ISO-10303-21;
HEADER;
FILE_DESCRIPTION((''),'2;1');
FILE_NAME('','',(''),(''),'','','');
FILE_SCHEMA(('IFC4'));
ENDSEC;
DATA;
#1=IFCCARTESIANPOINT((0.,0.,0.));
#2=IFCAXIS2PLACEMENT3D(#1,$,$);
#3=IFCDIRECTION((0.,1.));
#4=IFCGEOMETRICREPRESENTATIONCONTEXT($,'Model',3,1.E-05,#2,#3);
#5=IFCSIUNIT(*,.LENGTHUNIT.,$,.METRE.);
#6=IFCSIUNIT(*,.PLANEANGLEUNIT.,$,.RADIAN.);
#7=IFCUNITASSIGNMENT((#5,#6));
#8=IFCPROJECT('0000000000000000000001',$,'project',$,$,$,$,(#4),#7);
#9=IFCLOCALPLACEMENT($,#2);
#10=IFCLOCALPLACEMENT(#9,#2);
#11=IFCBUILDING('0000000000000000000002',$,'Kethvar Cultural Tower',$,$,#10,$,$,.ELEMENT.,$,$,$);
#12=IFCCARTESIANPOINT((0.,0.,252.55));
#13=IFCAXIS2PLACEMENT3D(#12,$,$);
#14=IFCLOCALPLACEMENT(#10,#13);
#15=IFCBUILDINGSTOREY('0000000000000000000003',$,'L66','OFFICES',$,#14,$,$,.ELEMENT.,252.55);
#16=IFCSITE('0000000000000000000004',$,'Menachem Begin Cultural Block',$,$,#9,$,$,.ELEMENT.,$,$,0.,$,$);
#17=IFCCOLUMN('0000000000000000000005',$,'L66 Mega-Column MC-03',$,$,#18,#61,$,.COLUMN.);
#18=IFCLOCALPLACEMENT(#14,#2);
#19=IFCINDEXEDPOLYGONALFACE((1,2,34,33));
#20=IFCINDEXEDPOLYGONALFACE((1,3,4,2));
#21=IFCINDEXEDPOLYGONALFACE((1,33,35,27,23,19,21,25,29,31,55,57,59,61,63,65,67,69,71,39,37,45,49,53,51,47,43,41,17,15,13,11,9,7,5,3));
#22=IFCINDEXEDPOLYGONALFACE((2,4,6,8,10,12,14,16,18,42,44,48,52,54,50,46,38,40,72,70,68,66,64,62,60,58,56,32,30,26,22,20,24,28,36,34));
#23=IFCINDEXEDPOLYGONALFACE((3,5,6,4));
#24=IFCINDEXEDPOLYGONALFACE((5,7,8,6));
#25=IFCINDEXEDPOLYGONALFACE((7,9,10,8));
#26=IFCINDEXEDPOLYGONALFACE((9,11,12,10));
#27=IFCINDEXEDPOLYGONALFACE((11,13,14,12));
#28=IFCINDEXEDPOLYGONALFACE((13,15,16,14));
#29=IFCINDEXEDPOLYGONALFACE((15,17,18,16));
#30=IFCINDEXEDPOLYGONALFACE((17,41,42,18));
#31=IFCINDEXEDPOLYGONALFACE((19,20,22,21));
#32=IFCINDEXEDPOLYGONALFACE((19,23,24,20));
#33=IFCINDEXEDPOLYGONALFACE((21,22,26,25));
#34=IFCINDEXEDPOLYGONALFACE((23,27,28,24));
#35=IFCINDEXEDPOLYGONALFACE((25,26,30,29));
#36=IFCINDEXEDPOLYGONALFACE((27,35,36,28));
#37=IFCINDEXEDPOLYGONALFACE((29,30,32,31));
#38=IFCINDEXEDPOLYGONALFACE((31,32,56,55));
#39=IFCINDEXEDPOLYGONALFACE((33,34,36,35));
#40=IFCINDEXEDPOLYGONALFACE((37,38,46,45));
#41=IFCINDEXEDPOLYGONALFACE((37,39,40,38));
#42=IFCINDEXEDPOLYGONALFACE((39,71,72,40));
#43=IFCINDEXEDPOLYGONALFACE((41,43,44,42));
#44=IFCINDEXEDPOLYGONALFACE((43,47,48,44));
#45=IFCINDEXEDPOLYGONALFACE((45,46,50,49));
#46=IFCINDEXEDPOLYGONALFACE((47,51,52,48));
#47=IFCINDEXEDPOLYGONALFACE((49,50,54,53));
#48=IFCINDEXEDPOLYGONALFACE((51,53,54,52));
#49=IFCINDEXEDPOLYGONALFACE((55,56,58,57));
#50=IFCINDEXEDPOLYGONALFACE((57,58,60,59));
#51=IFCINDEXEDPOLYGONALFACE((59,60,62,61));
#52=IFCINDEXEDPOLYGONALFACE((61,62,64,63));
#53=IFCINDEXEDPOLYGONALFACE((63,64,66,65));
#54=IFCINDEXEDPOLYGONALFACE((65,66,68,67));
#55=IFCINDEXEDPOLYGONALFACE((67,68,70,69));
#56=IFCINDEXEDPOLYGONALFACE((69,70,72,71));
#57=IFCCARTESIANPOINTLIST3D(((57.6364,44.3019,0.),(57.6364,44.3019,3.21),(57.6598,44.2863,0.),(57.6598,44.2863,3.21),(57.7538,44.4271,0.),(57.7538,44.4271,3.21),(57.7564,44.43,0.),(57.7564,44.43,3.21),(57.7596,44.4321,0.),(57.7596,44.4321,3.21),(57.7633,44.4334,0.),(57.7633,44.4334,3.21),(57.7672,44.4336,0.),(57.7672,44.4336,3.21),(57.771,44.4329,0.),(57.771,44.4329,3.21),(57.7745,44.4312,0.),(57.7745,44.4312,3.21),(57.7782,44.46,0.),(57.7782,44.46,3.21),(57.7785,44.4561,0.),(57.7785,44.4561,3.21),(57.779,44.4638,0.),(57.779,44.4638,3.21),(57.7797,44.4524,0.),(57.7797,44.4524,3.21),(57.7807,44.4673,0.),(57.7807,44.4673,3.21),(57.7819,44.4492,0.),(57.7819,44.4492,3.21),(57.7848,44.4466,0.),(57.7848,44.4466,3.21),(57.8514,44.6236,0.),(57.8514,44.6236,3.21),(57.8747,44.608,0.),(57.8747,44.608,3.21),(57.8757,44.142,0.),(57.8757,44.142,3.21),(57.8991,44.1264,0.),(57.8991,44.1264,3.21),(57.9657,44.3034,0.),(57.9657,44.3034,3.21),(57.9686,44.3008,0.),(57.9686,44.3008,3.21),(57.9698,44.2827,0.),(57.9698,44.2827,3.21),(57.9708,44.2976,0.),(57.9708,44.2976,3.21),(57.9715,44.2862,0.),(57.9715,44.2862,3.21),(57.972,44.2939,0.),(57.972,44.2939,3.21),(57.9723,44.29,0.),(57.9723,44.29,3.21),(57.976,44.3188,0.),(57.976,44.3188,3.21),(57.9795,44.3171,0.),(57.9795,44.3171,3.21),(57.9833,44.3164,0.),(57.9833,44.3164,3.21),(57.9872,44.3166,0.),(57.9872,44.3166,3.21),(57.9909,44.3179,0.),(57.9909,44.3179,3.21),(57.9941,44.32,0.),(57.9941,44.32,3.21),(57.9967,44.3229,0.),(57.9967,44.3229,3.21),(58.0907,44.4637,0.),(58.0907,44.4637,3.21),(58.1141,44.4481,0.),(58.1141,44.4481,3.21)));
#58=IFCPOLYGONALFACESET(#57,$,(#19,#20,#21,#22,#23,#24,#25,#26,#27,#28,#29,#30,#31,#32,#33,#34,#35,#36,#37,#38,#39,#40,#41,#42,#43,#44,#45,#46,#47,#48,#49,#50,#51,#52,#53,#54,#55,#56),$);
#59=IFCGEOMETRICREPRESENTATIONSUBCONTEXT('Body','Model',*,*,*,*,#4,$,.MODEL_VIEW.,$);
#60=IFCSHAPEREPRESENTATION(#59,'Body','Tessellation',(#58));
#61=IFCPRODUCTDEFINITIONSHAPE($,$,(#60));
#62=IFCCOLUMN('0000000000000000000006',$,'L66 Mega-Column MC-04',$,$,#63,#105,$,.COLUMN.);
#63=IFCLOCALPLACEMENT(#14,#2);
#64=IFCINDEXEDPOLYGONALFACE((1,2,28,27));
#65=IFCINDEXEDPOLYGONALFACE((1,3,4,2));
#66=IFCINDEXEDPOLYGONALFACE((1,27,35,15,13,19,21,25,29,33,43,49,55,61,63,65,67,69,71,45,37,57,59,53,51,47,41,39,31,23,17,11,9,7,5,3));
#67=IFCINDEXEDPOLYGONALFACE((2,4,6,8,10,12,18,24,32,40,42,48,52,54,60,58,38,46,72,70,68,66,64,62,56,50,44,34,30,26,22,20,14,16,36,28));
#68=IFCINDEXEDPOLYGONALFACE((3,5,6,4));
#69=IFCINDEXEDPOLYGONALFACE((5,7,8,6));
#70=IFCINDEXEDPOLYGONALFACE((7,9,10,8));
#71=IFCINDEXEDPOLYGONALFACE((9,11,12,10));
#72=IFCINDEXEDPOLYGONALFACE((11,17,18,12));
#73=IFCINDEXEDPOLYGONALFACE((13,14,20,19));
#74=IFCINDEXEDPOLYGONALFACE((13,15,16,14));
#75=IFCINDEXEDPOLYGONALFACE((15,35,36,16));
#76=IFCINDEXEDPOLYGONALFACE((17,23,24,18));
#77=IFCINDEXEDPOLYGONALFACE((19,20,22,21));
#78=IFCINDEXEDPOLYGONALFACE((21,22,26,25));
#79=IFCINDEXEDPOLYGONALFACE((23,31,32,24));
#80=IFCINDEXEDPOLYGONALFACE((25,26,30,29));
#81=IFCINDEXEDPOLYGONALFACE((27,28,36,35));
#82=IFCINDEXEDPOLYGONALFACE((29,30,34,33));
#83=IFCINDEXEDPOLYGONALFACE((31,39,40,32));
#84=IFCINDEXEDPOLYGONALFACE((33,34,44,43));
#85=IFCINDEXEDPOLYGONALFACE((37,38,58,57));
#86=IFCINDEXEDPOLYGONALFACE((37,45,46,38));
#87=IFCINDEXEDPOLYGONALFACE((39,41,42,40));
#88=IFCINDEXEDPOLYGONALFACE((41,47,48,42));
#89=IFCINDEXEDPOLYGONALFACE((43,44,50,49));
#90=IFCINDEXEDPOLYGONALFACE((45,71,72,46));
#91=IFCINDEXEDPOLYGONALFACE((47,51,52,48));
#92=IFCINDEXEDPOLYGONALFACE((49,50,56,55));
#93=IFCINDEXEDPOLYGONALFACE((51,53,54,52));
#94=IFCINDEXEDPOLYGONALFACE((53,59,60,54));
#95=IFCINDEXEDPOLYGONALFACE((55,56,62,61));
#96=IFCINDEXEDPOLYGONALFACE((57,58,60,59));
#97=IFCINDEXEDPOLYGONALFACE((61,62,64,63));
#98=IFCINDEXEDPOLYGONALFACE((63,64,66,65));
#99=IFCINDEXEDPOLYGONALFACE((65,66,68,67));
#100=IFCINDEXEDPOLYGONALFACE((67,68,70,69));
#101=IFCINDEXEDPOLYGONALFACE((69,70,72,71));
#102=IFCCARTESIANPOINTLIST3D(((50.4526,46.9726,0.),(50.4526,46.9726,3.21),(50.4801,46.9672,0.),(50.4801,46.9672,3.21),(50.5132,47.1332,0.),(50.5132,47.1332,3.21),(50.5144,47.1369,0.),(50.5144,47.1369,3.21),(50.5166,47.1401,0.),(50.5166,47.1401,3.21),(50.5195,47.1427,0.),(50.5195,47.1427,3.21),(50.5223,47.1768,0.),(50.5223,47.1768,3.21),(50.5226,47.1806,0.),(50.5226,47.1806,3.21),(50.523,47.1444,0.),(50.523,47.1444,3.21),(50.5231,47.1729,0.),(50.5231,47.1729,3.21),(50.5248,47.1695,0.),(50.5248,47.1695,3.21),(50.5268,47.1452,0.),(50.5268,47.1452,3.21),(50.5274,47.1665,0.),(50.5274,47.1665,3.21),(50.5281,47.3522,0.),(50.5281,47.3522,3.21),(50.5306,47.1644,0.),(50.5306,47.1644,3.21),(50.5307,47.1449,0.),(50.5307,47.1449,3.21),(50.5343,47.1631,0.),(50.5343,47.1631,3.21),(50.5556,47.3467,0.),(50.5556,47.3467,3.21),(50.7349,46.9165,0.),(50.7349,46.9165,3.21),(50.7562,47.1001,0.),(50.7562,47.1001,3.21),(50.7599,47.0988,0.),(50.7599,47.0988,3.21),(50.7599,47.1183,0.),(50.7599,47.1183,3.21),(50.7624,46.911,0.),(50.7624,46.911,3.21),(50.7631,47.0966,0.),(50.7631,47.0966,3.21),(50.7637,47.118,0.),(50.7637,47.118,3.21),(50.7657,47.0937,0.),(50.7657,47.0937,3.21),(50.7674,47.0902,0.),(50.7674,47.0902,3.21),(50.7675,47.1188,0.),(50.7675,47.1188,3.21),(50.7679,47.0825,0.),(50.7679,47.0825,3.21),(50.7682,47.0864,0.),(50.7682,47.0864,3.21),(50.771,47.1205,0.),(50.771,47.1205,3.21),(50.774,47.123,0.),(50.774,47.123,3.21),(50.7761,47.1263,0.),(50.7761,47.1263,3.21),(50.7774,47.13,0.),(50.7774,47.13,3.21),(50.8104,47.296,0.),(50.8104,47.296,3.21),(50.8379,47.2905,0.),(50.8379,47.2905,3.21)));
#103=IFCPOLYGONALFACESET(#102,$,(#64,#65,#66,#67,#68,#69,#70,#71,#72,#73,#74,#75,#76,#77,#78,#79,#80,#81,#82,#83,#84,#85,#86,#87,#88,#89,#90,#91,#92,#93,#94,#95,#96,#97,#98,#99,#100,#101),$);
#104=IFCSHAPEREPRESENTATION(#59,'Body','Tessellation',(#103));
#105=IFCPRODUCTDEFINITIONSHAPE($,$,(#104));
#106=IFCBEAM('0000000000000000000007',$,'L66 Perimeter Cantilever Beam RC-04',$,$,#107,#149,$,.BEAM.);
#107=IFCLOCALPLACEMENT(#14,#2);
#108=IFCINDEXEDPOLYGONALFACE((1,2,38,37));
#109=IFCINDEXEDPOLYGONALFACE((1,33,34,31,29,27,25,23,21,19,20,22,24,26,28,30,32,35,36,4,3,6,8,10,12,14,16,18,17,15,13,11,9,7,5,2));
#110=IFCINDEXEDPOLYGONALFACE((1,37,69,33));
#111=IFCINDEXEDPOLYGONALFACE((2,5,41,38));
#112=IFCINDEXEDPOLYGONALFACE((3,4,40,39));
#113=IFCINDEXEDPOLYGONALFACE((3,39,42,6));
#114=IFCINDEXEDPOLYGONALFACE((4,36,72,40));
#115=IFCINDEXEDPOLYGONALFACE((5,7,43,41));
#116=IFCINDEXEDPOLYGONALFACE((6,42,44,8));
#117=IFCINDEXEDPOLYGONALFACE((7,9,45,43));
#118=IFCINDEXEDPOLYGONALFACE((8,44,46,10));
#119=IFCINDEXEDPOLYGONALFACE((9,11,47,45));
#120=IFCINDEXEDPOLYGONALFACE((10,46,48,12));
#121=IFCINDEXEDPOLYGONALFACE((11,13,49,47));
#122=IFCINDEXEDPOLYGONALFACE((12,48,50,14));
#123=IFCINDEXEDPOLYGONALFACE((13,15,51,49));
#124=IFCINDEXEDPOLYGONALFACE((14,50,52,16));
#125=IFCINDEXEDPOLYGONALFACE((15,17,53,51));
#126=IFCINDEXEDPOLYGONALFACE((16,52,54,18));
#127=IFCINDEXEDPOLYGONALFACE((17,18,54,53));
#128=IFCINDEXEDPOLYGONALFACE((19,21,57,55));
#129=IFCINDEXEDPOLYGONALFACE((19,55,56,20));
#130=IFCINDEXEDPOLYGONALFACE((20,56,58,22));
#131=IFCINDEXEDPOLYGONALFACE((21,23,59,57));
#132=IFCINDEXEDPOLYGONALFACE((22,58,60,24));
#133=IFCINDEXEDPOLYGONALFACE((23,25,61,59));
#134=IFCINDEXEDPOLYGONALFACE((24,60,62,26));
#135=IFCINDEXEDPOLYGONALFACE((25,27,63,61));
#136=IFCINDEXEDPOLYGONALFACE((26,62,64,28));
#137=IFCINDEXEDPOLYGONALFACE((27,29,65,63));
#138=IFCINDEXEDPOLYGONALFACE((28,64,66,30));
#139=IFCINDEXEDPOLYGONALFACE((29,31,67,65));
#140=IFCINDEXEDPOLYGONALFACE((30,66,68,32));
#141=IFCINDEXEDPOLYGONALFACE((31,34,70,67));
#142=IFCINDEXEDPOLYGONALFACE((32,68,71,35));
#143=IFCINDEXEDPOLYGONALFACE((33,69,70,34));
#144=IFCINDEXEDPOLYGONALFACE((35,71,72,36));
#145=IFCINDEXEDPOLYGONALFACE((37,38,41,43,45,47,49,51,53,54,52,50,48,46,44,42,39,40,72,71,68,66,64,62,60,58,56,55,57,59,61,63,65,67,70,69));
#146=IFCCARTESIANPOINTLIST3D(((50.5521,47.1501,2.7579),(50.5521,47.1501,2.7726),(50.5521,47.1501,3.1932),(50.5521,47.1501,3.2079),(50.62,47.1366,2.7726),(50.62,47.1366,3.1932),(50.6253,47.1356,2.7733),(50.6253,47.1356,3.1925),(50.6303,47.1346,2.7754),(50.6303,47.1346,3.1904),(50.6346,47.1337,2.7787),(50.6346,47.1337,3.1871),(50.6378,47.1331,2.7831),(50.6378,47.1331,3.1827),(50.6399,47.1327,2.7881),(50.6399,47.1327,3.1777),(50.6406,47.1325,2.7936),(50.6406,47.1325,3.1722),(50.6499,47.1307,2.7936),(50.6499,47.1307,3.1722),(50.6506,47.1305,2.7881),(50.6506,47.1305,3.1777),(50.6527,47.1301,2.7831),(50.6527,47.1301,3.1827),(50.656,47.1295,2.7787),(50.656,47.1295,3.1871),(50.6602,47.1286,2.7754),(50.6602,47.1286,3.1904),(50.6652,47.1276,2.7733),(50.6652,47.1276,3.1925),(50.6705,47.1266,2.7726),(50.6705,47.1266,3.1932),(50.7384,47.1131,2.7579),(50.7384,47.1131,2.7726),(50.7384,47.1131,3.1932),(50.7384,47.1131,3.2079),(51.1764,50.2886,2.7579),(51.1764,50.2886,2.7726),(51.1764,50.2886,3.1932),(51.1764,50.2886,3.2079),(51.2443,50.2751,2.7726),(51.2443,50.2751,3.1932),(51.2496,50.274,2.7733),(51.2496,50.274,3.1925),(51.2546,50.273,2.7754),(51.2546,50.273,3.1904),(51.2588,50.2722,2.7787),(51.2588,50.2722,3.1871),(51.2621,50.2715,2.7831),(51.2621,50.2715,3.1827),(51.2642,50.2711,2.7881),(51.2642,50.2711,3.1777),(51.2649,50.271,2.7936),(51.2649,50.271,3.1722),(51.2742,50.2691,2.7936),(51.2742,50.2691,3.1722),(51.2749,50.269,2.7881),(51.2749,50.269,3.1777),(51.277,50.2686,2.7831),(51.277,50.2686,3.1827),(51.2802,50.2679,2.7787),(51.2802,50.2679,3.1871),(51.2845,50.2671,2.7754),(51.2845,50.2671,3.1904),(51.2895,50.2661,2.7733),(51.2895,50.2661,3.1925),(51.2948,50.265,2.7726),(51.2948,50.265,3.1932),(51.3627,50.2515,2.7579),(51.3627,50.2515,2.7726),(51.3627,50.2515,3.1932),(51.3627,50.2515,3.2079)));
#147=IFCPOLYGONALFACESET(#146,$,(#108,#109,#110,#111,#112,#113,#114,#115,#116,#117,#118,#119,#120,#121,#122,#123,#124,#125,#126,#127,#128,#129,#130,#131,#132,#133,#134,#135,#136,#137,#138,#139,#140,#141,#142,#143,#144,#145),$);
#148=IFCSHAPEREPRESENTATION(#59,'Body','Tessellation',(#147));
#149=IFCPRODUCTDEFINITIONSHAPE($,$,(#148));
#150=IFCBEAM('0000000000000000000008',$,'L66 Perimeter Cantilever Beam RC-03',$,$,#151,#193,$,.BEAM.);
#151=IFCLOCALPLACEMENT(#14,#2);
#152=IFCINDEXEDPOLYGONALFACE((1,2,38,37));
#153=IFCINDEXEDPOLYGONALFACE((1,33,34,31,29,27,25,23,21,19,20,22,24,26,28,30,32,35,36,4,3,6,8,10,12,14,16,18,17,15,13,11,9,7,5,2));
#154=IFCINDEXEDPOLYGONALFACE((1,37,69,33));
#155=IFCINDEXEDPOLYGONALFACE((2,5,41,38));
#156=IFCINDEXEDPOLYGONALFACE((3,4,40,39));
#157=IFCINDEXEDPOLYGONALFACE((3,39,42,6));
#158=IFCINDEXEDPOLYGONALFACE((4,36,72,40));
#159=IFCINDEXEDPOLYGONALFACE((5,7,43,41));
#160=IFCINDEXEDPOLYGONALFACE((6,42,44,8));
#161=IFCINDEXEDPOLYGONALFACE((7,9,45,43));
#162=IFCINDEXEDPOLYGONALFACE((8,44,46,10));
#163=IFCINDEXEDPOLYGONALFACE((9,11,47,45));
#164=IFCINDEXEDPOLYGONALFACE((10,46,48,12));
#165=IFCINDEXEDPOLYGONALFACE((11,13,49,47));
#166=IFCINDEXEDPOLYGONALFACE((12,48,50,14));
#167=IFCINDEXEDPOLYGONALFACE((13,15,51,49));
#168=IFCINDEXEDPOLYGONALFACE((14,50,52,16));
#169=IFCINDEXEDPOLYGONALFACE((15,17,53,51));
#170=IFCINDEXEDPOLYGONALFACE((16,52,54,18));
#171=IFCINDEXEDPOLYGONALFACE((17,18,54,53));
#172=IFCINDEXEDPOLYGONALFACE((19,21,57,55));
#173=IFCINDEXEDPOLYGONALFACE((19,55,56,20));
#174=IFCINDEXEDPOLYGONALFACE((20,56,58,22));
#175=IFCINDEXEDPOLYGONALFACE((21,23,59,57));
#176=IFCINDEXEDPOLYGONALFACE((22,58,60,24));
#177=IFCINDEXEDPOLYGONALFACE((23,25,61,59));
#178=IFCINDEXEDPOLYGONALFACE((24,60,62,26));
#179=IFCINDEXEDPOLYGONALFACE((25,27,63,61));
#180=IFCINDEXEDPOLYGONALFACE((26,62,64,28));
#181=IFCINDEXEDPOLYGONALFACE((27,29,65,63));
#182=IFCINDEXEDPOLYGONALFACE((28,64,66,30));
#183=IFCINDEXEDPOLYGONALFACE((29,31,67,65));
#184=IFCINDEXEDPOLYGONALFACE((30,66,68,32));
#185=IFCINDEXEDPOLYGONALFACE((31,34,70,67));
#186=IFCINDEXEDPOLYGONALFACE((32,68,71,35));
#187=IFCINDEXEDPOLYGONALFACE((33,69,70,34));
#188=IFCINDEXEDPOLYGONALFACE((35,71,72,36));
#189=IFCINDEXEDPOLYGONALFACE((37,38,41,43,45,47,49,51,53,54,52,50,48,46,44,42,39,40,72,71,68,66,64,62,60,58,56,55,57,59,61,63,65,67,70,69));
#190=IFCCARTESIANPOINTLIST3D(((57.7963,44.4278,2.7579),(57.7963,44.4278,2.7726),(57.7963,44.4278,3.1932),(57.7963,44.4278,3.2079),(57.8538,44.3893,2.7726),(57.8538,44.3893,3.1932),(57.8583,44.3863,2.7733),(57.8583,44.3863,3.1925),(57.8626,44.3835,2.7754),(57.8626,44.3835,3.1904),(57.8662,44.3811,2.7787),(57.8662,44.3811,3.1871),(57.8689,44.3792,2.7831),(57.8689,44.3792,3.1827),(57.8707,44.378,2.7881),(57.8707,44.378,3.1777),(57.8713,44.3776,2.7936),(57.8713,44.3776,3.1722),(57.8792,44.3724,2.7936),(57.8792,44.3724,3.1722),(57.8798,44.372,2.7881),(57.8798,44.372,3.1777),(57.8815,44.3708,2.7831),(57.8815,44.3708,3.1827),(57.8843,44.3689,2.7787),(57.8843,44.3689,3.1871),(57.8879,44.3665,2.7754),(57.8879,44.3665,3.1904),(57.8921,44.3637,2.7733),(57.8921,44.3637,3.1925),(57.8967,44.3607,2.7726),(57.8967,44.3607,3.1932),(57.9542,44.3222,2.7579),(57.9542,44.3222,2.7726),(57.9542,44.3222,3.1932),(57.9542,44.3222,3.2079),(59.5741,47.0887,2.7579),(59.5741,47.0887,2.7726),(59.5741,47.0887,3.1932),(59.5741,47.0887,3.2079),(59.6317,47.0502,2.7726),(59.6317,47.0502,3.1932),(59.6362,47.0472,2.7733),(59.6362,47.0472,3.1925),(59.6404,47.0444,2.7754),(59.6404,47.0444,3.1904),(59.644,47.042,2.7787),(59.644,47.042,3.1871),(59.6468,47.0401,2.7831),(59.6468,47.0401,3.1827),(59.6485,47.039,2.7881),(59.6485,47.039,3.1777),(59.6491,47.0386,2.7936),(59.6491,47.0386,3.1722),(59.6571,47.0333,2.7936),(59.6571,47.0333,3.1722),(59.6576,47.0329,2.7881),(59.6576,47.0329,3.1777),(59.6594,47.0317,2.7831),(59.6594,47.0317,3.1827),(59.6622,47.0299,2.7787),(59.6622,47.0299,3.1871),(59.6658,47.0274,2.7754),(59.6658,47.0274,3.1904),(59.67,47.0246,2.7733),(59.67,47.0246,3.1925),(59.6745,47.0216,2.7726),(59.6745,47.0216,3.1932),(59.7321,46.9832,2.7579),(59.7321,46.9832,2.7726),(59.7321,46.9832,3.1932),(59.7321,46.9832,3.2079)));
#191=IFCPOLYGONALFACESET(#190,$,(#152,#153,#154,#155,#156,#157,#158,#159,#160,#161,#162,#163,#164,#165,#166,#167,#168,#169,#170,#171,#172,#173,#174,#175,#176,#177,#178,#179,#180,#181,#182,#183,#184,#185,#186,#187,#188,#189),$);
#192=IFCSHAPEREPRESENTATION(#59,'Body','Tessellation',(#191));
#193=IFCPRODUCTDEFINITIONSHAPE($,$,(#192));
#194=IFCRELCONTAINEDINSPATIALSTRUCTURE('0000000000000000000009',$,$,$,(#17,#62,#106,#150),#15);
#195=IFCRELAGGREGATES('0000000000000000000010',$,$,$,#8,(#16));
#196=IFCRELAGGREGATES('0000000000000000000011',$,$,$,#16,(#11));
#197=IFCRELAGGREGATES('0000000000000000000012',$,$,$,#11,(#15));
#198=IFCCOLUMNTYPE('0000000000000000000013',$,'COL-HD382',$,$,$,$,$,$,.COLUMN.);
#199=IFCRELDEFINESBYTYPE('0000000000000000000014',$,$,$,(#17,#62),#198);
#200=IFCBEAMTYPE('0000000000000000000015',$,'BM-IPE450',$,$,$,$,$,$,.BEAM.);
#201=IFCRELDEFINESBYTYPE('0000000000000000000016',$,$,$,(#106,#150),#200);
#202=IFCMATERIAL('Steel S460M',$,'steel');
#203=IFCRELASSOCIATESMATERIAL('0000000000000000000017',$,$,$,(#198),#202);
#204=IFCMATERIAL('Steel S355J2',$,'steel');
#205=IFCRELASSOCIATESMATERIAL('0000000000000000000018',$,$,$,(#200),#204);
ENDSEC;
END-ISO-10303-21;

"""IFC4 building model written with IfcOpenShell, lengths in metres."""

from ifc_helpers import new_model, si_unit, direction, frame, origin, origin_2d, place, context, subcontext, project, spatial, i_section, extrude, source, transform, mapped, material, material_profile, profile_set, type_object, element, save


model = new_model("IFC4")

# Units and contexts
model_context = context("Model", 3, precision=1e-05, world=origin(), true_north=direction((0.0, 1.0)))
body_context = subcontext(model_context, "Body", "Model", "MODEL_VIEW")
ifc_project = project(units=[si_unit("LENGTHUNIT", "METRE"), si_unit("PLANEANGLEUNIT", "RADIAN")], contexts=[model_context])

# Site, building, storey
site_placement = place(None, origin())
site = spatial("IfcSite", under=ifc_project, at=site_placement, Name="Menachem Begin Cultural Block", CompositionType="ELEMENT", RefElevation=0.0)
building_placement = place(site_placement, origin())
building = spatial("IfcBuilding", under=site, at=building_placement, Name="Kethvar Cultural Tower", CompositionType="ELEMENT")
storey_placement = place(building_placement, frame((0.0, 0.0, 252.55)))
storey = spatial("IfcBuildingStorey", under=building, at=storey_placement, Name="L66", Description="OFFICES", CompositionType="ELEMENT", Elevation=252.55)

# Columns
ifc_material_1 = material(Name="Steel S460M", Category="steel")
ifc_material_profile_1 = material_profile(ifc_material_1, i_section(OverallWidth=0.387, OverallDepth=0.3159, WebThickness=0.0186, FlangeThickness=0.0281, FilletRadius=0.0149, at=origin_2d()), Name="Steel S460M — HD400x382")
ifc_profile_set_1 = profile_set([ifc_material_profile_1], Name="Steel S460M — HD400x382")
column_type = type_object("IfcColumnType", Name="COL-HD382", PredefinedType="COLUMN", material=ifc_profile_set_1)
shared_shape_1 = source(origin(), body_context, "Body", "SweptSolid", [
    extrude(i_section(OverallWidth=0.387, OverallDepth=0.3159, WebThickness=0.0186, FlangeThickness=0.0281, FilletRadius=0.0149, at=origin_2d()), origin(), (0.0, 0.0, 1.0), 3.21),
])
for number, where, z_axis, x_axis, name in (
    (1, (57.8752, 44.375, 0.0), (0.0, 0.0, 1.0), (0.55557, 0.83147, 0.0), "L66 Mega-Column MC-03"),
    (2, (50.6453, 47.1316, 0.0), (0.0, 0.0, 1.0), (0.19509, 0.980785, 0.0), "L66 Mega-Column MC-04"),
):
    element("IfcColumn", number, at=place(storey_placement, frame(where, z_axis=z_axis, x_axis=x_axis)), inside=storey, type_object=column_type, Name=name, PredefinedType="COLUMN", context=body_context, shape_type="MappedRepresentation", body=[
        mapped(shared_shape_1, transform((0.0, 0.0, 0.0), scale=1.0)),
    ])

# Beams
ifc_material_2 = material(Name="Steel S355J2", Category="steel")
ifc_material_profile_2 = material_profile(ifc_material_2, i_section(OverallWidth=0.1899, OverallDepth=0.45, WebThickness=0.0095, FlangeThickness=0.0146, FilletRadius=0.021, at=origin_2d()), Name="Steel S355J2 — IPE450")
ifc_profile_set_2 = profile_set([ifc_material_profile_2], Name="Steel S355J2 — IPE450")
beam_type_1 = type_object("IfcBeamType", Name="BM-IPE450", PredefinedType="BEAM", material=ifc_profile_set_2)
shared_shape_2 = source(origin(), body_context, "Body", "SweptSolid", [
    extrude(i_section(OverallWidth=0.1899, OverallDepth=0.45, WebThickness=0.0095, FlangeThickness=0.0146, FilletRadius=0.021, at=origin_2d()), origin(), (0.0, 0.0, 1.0), 3.2),
])
beam_1_placement = place(storey_placement, frame((50.6453, 47.1316, 2.9829), z_axis=(0.195089, 0.980786, 0.0), x_axis=(-0.980786, 0.195089, 0.0)))
element("IfcBeam", 3, at=beam_1_placement, inside=storey, type_object=beam_type_1, Name="L66 Perimeter Cantilever Beam RC-04", PredefinedType="BEAM", context=body_context, shape_type="MappedRepresentation", body=[
    mapped(shared_shape_2, transform((0.0, 0.0, 0.0), scale=1.0)),
])
shared_shape_3 = source(origin(), body_context, "Body", "SweptSolid", [
    extrude(i_section(OverallWidth=0.1899, OverallDepth=0.45, WebThickness=0.0095, FlangeThickness=0.0146, FilletRadius=0.021, at=origin_2d()), origin(), (0.0, 0.0, 1.0), 3.2002),
])
beam_2_placement = place(storey_placement, frame((57.8752, 44.375, 2.9829), z_axis=(0.555545, 0.831486, 0.0), x_axis=(-0.831486, 0.555545, 0.0)))
element("IfcBeam", 4, at=beam_2_placement, inside=storey, type_object=beam_type_1, Name="L66 Perimeter Cantilever Beam RC-03", PredefinedType="BEAM", context=body_context, shape_type="MappedRepresentation", body=[
    mapped(shared_shape_3, transform((0.0, 0.0, 0.0), scale=1.0)),
])

save(model, "model.ifc")
